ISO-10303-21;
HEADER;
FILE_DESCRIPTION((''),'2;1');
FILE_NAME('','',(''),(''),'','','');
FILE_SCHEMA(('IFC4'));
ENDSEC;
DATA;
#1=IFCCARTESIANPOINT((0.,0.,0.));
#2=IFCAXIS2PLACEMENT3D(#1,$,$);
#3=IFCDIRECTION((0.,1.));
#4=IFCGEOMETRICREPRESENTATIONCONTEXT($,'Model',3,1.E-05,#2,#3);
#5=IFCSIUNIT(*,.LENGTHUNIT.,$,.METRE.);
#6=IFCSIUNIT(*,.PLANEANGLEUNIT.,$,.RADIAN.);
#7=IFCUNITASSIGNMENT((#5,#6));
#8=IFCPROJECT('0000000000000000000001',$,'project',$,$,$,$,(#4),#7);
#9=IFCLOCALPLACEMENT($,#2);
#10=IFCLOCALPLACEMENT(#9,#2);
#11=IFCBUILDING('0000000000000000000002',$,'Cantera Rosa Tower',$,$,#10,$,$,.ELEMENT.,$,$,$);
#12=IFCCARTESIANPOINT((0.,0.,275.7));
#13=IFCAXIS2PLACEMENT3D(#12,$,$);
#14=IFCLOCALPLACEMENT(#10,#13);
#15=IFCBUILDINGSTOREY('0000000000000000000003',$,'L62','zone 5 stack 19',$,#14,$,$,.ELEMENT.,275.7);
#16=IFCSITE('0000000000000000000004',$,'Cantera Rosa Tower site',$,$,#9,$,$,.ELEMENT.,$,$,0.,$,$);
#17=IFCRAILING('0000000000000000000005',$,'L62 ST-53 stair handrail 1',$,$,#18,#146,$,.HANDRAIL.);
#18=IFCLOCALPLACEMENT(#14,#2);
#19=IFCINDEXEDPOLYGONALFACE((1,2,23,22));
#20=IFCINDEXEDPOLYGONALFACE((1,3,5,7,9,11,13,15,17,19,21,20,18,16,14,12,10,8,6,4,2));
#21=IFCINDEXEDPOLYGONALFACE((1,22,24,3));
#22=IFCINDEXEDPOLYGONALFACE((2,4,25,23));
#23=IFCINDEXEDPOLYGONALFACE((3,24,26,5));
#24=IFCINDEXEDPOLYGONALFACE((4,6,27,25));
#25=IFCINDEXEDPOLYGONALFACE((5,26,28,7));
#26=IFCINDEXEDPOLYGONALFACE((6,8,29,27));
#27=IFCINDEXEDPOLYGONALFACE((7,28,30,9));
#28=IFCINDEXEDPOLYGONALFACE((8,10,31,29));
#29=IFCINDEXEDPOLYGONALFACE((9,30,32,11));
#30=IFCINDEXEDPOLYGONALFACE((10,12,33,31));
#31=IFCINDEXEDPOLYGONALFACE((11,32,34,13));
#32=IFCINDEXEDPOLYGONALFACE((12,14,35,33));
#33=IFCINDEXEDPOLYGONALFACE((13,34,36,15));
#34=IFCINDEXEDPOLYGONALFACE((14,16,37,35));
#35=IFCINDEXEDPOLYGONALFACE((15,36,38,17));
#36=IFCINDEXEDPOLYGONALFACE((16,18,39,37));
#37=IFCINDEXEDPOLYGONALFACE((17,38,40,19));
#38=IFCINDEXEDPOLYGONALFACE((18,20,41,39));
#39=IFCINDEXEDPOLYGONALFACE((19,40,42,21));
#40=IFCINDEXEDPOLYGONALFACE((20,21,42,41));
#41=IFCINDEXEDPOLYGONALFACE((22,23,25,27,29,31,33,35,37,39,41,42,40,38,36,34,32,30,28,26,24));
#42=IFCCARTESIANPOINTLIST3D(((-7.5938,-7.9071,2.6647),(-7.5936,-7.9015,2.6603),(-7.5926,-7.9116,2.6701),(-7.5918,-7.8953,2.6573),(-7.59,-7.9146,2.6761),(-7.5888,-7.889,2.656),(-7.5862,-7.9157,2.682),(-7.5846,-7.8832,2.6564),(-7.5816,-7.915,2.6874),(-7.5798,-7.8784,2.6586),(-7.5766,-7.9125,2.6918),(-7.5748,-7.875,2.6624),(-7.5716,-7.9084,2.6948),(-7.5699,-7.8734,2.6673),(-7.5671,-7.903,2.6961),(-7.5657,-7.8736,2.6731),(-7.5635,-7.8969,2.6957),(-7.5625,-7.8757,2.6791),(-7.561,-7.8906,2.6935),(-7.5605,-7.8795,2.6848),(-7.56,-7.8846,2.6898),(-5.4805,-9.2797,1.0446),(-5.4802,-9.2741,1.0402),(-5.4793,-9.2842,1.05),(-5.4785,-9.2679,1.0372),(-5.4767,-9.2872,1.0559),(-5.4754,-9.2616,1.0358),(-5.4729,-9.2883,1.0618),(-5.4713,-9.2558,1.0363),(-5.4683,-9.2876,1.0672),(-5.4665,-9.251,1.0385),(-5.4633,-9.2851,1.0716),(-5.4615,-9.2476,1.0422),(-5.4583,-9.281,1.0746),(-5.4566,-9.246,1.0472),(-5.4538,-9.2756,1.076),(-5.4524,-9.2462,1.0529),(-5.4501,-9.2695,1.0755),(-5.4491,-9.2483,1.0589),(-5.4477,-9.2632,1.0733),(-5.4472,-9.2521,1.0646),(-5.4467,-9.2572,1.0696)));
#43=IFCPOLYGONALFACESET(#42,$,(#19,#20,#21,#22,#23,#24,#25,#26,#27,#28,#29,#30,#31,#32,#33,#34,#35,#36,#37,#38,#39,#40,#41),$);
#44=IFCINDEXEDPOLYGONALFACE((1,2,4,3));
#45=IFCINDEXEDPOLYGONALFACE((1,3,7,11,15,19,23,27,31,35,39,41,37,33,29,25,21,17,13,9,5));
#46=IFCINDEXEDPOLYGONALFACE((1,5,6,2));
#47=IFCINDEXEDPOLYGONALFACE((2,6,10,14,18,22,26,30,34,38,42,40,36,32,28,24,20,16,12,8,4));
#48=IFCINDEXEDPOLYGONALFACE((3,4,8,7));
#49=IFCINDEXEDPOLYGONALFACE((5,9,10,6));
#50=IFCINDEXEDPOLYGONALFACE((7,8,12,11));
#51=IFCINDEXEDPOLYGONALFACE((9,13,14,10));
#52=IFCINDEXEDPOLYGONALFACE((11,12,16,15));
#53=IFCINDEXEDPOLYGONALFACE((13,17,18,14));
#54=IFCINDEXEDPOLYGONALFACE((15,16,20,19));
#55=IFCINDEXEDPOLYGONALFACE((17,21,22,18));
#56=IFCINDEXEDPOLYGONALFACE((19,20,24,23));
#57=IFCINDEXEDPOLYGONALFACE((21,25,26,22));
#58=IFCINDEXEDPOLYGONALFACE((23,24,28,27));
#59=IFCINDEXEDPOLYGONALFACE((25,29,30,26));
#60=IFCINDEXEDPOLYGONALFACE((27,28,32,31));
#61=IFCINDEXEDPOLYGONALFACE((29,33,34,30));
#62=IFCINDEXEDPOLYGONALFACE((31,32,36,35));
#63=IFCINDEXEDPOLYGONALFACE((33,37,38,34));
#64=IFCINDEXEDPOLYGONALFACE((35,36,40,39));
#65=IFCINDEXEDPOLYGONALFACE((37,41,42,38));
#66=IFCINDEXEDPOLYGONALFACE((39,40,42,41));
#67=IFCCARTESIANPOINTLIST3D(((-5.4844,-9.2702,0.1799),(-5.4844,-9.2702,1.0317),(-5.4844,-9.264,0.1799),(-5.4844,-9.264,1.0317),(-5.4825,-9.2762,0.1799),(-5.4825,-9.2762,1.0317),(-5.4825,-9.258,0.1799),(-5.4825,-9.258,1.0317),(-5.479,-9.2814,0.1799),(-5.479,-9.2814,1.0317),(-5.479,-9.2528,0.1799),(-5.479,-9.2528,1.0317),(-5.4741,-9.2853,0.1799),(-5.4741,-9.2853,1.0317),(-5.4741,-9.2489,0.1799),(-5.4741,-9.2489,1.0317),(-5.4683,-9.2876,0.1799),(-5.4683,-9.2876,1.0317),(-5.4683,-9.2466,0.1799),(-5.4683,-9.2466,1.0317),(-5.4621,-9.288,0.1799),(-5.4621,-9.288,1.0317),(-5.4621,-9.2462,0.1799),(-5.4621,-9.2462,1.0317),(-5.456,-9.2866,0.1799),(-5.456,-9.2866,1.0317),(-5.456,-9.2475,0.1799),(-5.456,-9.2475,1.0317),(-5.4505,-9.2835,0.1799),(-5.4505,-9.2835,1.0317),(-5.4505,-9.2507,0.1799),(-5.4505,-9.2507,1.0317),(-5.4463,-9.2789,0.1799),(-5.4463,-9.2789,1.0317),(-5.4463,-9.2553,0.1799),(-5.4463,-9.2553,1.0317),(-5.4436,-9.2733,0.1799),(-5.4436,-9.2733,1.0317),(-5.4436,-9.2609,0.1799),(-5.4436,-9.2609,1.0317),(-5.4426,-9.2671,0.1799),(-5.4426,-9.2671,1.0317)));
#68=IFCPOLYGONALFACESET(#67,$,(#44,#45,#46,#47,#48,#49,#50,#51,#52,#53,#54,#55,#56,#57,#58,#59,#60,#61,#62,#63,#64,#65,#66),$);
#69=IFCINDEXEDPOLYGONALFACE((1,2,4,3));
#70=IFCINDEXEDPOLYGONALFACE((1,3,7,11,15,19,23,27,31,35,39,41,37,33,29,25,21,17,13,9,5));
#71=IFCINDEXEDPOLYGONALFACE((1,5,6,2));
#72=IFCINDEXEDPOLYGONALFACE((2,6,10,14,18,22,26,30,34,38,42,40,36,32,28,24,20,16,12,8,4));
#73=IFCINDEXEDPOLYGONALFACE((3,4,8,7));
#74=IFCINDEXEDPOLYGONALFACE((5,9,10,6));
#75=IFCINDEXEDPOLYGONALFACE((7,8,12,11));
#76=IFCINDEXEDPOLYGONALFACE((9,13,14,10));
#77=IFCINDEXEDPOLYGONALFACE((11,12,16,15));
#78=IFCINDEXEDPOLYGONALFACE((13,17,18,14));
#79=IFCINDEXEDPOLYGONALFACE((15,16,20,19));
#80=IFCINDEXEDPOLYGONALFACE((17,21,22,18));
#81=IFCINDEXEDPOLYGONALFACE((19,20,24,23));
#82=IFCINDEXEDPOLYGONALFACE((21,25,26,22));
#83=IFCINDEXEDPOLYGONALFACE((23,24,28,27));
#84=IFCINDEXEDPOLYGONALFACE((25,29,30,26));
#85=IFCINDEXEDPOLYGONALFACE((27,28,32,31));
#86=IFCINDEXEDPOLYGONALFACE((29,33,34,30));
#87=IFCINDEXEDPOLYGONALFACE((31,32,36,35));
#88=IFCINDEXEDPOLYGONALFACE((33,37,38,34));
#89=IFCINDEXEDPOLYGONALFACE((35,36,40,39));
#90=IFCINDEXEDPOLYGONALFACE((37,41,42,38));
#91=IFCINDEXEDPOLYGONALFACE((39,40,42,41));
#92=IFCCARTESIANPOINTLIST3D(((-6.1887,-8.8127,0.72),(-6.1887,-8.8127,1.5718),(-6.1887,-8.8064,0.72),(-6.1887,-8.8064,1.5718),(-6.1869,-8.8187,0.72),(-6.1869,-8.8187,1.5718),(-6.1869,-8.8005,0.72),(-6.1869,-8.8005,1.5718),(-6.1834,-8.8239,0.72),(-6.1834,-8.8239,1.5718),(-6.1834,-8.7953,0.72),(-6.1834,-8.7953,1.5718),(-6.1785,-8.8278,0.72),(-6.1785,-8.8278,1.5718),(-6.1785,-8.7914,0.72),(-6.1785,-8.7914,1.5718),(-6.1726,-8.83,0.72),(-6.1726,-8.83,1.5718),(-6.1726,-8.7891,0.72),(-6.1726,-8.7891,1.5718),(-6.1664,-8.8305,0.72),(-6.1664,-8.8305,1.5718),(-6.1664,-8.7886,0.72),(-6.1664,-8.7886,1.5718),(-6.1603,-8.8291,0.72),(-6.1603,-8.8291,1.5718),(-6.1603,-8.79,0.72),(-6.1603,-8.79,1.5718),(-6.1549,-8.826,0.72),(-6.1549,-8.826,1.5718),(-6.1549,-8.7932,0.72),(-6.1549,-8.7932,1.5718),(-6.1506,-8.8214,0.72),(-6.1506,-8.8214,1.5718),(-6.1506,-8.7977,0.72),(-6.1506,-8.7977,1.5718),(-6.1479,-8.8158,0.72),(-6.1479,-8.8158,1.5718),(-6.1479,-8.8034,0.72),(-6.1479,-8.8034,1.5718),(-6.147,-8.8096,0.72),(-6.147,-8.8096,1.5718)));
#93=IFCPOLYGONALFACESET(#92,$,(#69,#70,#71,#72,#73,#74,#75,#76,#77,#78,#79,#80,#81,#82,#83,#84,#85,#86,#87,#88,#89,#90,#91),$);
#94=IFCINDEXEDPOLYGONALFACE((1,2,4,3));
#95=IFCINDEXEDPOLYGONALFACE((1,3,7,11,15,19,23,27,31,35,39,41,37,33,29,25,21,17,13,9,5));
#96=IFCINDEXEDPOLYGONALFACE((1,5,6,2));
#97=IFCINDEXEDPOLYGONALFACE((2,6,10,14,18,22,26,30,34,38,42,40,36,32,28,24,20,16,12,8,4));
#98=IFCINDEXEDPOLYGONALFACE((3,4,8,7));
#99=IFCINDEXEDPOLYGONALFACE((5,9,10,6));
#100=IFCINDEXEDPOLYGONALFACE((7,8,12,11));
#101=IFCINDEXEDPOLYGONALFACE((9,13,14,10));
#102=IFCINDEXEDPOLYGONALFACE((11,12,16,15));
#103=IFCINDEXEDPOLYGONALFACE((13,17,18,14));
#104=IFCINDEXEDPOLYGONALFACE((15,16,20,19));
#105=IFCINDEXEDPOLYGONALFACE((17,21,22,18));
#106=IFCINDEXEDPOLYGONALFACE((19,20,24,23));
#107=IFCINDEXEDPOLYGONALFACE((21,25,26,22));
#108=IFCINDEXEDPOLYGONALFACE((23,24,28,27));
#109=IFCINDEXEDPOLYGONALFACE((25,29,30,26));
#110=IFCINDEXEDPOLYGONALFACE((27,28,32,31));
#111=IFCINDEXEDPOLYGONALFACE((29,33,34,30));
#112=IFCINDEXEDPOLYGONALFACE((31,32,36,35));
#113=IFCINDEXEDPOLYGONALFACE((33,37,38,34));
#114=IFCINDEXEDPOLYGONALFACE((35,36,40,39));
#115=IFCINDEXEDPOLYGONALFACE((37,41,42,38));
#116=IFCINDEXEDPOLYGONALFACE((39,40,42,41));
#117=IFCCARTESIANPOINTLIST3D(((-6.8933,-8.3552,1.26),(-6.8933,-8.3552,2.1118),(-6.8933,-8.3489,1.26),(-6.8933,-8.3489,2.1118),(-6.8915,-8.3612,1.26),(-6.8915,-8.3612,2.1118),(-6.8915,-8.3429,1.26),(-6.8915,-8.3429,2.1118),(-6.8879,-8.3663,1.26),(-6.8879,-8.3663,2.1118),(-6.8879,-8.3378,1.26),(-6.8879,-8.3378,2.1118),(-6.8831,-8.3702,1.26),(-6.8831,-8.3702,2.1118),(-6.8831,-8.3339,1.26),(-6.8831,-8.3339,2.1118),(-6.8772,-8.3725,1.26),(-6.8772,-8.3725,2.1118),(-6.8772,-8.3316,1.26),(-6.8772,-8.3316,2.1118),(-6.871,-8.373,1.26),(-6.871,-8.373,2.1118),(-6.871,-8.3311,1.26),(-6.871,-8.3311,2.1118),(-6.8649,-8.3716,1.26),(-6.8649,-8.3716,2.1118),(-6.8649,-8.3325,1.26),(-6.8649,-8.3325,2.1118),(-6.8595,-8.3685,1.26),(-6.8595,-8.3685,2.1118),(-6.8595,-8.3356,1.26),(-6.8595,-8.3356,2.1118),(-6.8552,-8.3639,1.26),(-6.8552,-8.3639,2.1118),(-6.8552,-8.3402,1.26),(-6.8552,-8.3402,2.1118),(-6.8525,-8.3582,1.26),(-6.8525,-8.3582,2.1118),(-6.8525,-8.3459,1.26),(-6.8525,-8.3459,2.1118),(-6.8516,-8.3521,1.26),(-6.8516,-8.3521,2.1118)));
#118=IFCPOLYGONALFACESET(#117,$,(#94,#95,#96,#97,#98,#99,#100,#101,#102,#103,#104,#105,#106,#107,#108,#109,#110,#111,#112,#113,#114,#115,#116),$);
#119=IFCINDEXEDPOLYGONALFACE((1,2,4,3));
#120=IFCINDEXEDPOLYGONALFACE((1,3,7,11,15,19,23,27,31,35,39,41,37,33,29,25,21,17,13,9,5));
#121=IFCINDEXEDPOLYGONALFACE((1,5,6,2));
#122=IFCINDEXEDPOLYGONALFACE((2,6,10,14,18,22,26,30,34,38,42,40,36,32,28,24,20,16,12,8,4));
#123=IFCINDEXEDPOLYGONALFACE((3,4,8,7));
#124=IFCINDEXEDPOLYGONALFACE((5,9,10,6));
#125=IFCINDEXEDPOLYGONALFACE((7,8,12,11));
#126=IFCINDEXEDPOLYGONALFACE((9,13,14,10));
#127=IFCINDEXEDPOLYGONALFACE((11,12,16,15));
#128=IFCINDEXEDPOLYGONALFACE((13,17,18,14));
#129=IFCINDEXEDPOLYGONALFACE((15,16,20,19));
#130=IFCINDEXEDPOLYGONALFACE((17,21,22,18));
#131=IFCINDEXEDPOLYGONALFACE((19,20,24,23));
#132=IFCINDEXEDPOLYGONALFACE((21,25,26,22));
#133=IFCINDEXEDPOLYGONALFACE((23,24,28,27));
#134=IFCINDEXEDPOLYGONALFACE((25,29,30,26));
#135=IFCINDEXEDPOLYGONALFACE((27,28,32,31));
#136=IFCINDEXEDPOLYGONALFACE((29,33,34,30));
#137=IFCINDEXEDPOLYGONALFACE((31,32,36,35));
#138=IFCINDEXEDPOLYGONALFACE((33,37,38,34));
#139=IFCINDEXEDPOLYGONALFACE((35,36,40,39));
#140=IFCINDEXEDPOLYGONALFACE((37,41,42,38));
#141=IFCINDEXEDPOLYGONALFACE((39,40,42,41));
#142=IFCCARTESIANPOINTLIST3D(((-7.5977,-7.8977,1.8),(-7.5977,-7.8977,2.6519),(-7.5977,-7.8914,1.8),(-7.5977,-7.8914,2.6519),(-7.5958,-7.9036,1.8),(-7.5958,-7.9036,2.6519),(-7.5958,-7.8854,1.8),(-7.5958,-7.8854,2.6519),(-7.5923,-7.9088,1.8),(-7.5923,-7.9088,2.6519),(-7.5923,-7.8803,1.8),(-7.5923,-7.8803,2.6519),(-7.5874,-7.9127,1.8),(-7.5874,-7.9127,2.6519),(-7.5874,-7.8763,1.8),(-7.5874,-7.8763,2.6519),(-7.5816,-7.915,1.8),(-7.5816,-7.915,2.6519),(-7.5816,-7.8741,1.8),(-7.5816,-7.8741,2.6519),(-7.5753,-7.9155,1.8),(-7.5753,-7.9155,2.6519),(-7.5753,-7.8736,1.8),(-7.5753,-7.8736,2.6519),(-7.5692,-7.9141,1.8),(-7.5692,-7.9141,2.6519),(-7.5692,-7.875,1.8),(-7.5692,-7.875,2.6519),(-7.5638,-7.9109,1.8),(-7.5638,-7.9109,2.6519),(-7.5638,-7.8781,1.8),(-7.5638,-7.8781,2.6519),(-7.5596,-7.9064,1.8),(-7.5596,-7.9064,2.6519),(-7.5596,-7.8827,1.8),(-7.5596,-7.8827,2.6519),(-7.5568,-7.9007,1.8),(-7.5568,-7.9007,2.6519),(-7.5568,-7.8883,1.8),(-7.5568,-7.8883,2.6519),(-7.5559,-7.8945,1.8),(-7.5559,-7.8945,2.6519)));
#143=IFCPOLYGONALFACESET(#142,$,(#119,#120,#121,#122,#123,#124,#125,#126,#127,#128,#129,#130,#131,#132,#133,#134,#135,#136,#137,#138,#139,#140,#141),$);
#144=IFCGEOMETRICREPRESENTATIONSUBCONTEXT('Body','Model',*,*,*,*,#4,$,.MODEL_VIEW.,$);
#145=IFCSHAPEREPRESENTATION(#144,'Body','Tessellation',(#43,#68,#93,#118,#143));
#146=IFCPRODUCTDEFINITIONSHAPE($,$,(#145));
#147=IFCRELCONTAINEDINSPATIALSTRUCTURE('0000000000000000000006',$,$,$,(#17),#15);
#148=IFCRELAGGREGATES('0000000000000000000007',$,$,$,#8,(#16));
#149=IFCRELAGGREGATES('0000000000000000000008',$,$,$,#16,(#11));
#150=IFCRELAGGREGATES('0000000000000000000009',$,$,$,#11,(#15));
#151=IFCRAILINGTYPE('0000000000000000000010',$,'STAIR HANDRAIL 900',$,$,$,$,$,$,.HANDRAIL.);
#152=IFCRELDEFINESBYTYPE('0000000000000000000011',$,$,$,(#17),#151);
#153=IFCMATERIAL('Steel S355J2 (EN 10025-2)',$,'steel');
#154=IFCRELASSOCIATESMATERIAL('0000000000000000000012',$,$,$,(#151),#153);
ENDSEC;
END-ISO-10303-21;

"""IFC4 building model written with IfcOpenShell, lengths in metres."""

from ifc_helpers import new_model, si_unit, direction, frame, origin, origin_2d, place, context, subcontext, project, spatial, circle, extrude, material, type_object, element, save


model = new_model("IFC4")

# Units and contexts
model_context = context("Model", 3, precision=1e-05, world=origin(), true_north=direction((0.0, 1.0)))
body_context = subcontext(model_context, "Body", "Model", "MODEL_VIEW")
ifc_project = project(units=[si_unit("LENGTHUNIT", "METRE"), si_unit("PLANEANGLEUNIT", "RADIAN")], contexts=[model_context])

# Site, building, storey
site_placement = place(None, origin())
site = spatial("IfcSite", under=ifc_project, at=site_placement, Name="Cantera Rosa Tower site", CompositionType="ELEMENT", RefElevation=0.0)
building_placement = place(site_placement, origin())
building = spatial("IfcBuilding", under=site, at=building_placement, Name="Cantera Rosa Tower", CompositionType="ELEMENT")
storey_placement = place(building_placement, frame((0.0, 0.0, 275.7)))
storey = spatial("IfcBuildingStorey", under=building, at=storey_placement, Name="L62", Description="zone 5 stack 19", CompositionType="ELEMENT", Elevation=275.7)

# Railing
ifc_material_1 = material(Name="Steel S355J2 (EN 10025-2)", Category="steel")
railing_type_1 = type_object("IfcRailingType", Name="STAIR HANDRAIL 900", PredefinedType="HANDRAIL", material=ifc_material_1)
railing_1_placement = place(storey_placement, frame((-5.4636, -9.2671, 0.1799)))
element("IfcRailing", 1, at=railing_1_placement, inside=storey, type_object=railing_type_1, Name="L62 ST-53 stair handrail 1", PredefinedType="HANDRAIL", context=body_context, shape_type="SweptSolid", body=[
    extrude(circle(Radius=0.0239, at=origin_2d()), frame((0.0, 0.0, 0.876), z_axis=(-0.705421, 0.458165, 0.540801), x_axis=(-0.544689, -0.838638, 0.0)), (0.0, 0.0, 1.0), 2.9958),
    extrude(circle(Radius=0.021, at=origin_2d()), origin(), (0.0, 0.0, 1.0), 0.8518),
    extrude(circle(Radius=0.021, at=origin_2d()), frame((-0.7043, 0.4575, 0.54)), (0.0, 0.0, 1.0), 0.8518),
    extrude(circle(Radius=0.021, at=origin_2d()), frame((-1.4089, 0.915, 1.0801)), (0.0, 0.0, 1.0), 0.8518),
    extrude(circle(Radius=0.021, at=origin_2d()), frame((-2.1133, 1.3726, 1.6201)), (0.0, 0.0, 1.0), 0.8518),
])

save(model, "model.ifc")
